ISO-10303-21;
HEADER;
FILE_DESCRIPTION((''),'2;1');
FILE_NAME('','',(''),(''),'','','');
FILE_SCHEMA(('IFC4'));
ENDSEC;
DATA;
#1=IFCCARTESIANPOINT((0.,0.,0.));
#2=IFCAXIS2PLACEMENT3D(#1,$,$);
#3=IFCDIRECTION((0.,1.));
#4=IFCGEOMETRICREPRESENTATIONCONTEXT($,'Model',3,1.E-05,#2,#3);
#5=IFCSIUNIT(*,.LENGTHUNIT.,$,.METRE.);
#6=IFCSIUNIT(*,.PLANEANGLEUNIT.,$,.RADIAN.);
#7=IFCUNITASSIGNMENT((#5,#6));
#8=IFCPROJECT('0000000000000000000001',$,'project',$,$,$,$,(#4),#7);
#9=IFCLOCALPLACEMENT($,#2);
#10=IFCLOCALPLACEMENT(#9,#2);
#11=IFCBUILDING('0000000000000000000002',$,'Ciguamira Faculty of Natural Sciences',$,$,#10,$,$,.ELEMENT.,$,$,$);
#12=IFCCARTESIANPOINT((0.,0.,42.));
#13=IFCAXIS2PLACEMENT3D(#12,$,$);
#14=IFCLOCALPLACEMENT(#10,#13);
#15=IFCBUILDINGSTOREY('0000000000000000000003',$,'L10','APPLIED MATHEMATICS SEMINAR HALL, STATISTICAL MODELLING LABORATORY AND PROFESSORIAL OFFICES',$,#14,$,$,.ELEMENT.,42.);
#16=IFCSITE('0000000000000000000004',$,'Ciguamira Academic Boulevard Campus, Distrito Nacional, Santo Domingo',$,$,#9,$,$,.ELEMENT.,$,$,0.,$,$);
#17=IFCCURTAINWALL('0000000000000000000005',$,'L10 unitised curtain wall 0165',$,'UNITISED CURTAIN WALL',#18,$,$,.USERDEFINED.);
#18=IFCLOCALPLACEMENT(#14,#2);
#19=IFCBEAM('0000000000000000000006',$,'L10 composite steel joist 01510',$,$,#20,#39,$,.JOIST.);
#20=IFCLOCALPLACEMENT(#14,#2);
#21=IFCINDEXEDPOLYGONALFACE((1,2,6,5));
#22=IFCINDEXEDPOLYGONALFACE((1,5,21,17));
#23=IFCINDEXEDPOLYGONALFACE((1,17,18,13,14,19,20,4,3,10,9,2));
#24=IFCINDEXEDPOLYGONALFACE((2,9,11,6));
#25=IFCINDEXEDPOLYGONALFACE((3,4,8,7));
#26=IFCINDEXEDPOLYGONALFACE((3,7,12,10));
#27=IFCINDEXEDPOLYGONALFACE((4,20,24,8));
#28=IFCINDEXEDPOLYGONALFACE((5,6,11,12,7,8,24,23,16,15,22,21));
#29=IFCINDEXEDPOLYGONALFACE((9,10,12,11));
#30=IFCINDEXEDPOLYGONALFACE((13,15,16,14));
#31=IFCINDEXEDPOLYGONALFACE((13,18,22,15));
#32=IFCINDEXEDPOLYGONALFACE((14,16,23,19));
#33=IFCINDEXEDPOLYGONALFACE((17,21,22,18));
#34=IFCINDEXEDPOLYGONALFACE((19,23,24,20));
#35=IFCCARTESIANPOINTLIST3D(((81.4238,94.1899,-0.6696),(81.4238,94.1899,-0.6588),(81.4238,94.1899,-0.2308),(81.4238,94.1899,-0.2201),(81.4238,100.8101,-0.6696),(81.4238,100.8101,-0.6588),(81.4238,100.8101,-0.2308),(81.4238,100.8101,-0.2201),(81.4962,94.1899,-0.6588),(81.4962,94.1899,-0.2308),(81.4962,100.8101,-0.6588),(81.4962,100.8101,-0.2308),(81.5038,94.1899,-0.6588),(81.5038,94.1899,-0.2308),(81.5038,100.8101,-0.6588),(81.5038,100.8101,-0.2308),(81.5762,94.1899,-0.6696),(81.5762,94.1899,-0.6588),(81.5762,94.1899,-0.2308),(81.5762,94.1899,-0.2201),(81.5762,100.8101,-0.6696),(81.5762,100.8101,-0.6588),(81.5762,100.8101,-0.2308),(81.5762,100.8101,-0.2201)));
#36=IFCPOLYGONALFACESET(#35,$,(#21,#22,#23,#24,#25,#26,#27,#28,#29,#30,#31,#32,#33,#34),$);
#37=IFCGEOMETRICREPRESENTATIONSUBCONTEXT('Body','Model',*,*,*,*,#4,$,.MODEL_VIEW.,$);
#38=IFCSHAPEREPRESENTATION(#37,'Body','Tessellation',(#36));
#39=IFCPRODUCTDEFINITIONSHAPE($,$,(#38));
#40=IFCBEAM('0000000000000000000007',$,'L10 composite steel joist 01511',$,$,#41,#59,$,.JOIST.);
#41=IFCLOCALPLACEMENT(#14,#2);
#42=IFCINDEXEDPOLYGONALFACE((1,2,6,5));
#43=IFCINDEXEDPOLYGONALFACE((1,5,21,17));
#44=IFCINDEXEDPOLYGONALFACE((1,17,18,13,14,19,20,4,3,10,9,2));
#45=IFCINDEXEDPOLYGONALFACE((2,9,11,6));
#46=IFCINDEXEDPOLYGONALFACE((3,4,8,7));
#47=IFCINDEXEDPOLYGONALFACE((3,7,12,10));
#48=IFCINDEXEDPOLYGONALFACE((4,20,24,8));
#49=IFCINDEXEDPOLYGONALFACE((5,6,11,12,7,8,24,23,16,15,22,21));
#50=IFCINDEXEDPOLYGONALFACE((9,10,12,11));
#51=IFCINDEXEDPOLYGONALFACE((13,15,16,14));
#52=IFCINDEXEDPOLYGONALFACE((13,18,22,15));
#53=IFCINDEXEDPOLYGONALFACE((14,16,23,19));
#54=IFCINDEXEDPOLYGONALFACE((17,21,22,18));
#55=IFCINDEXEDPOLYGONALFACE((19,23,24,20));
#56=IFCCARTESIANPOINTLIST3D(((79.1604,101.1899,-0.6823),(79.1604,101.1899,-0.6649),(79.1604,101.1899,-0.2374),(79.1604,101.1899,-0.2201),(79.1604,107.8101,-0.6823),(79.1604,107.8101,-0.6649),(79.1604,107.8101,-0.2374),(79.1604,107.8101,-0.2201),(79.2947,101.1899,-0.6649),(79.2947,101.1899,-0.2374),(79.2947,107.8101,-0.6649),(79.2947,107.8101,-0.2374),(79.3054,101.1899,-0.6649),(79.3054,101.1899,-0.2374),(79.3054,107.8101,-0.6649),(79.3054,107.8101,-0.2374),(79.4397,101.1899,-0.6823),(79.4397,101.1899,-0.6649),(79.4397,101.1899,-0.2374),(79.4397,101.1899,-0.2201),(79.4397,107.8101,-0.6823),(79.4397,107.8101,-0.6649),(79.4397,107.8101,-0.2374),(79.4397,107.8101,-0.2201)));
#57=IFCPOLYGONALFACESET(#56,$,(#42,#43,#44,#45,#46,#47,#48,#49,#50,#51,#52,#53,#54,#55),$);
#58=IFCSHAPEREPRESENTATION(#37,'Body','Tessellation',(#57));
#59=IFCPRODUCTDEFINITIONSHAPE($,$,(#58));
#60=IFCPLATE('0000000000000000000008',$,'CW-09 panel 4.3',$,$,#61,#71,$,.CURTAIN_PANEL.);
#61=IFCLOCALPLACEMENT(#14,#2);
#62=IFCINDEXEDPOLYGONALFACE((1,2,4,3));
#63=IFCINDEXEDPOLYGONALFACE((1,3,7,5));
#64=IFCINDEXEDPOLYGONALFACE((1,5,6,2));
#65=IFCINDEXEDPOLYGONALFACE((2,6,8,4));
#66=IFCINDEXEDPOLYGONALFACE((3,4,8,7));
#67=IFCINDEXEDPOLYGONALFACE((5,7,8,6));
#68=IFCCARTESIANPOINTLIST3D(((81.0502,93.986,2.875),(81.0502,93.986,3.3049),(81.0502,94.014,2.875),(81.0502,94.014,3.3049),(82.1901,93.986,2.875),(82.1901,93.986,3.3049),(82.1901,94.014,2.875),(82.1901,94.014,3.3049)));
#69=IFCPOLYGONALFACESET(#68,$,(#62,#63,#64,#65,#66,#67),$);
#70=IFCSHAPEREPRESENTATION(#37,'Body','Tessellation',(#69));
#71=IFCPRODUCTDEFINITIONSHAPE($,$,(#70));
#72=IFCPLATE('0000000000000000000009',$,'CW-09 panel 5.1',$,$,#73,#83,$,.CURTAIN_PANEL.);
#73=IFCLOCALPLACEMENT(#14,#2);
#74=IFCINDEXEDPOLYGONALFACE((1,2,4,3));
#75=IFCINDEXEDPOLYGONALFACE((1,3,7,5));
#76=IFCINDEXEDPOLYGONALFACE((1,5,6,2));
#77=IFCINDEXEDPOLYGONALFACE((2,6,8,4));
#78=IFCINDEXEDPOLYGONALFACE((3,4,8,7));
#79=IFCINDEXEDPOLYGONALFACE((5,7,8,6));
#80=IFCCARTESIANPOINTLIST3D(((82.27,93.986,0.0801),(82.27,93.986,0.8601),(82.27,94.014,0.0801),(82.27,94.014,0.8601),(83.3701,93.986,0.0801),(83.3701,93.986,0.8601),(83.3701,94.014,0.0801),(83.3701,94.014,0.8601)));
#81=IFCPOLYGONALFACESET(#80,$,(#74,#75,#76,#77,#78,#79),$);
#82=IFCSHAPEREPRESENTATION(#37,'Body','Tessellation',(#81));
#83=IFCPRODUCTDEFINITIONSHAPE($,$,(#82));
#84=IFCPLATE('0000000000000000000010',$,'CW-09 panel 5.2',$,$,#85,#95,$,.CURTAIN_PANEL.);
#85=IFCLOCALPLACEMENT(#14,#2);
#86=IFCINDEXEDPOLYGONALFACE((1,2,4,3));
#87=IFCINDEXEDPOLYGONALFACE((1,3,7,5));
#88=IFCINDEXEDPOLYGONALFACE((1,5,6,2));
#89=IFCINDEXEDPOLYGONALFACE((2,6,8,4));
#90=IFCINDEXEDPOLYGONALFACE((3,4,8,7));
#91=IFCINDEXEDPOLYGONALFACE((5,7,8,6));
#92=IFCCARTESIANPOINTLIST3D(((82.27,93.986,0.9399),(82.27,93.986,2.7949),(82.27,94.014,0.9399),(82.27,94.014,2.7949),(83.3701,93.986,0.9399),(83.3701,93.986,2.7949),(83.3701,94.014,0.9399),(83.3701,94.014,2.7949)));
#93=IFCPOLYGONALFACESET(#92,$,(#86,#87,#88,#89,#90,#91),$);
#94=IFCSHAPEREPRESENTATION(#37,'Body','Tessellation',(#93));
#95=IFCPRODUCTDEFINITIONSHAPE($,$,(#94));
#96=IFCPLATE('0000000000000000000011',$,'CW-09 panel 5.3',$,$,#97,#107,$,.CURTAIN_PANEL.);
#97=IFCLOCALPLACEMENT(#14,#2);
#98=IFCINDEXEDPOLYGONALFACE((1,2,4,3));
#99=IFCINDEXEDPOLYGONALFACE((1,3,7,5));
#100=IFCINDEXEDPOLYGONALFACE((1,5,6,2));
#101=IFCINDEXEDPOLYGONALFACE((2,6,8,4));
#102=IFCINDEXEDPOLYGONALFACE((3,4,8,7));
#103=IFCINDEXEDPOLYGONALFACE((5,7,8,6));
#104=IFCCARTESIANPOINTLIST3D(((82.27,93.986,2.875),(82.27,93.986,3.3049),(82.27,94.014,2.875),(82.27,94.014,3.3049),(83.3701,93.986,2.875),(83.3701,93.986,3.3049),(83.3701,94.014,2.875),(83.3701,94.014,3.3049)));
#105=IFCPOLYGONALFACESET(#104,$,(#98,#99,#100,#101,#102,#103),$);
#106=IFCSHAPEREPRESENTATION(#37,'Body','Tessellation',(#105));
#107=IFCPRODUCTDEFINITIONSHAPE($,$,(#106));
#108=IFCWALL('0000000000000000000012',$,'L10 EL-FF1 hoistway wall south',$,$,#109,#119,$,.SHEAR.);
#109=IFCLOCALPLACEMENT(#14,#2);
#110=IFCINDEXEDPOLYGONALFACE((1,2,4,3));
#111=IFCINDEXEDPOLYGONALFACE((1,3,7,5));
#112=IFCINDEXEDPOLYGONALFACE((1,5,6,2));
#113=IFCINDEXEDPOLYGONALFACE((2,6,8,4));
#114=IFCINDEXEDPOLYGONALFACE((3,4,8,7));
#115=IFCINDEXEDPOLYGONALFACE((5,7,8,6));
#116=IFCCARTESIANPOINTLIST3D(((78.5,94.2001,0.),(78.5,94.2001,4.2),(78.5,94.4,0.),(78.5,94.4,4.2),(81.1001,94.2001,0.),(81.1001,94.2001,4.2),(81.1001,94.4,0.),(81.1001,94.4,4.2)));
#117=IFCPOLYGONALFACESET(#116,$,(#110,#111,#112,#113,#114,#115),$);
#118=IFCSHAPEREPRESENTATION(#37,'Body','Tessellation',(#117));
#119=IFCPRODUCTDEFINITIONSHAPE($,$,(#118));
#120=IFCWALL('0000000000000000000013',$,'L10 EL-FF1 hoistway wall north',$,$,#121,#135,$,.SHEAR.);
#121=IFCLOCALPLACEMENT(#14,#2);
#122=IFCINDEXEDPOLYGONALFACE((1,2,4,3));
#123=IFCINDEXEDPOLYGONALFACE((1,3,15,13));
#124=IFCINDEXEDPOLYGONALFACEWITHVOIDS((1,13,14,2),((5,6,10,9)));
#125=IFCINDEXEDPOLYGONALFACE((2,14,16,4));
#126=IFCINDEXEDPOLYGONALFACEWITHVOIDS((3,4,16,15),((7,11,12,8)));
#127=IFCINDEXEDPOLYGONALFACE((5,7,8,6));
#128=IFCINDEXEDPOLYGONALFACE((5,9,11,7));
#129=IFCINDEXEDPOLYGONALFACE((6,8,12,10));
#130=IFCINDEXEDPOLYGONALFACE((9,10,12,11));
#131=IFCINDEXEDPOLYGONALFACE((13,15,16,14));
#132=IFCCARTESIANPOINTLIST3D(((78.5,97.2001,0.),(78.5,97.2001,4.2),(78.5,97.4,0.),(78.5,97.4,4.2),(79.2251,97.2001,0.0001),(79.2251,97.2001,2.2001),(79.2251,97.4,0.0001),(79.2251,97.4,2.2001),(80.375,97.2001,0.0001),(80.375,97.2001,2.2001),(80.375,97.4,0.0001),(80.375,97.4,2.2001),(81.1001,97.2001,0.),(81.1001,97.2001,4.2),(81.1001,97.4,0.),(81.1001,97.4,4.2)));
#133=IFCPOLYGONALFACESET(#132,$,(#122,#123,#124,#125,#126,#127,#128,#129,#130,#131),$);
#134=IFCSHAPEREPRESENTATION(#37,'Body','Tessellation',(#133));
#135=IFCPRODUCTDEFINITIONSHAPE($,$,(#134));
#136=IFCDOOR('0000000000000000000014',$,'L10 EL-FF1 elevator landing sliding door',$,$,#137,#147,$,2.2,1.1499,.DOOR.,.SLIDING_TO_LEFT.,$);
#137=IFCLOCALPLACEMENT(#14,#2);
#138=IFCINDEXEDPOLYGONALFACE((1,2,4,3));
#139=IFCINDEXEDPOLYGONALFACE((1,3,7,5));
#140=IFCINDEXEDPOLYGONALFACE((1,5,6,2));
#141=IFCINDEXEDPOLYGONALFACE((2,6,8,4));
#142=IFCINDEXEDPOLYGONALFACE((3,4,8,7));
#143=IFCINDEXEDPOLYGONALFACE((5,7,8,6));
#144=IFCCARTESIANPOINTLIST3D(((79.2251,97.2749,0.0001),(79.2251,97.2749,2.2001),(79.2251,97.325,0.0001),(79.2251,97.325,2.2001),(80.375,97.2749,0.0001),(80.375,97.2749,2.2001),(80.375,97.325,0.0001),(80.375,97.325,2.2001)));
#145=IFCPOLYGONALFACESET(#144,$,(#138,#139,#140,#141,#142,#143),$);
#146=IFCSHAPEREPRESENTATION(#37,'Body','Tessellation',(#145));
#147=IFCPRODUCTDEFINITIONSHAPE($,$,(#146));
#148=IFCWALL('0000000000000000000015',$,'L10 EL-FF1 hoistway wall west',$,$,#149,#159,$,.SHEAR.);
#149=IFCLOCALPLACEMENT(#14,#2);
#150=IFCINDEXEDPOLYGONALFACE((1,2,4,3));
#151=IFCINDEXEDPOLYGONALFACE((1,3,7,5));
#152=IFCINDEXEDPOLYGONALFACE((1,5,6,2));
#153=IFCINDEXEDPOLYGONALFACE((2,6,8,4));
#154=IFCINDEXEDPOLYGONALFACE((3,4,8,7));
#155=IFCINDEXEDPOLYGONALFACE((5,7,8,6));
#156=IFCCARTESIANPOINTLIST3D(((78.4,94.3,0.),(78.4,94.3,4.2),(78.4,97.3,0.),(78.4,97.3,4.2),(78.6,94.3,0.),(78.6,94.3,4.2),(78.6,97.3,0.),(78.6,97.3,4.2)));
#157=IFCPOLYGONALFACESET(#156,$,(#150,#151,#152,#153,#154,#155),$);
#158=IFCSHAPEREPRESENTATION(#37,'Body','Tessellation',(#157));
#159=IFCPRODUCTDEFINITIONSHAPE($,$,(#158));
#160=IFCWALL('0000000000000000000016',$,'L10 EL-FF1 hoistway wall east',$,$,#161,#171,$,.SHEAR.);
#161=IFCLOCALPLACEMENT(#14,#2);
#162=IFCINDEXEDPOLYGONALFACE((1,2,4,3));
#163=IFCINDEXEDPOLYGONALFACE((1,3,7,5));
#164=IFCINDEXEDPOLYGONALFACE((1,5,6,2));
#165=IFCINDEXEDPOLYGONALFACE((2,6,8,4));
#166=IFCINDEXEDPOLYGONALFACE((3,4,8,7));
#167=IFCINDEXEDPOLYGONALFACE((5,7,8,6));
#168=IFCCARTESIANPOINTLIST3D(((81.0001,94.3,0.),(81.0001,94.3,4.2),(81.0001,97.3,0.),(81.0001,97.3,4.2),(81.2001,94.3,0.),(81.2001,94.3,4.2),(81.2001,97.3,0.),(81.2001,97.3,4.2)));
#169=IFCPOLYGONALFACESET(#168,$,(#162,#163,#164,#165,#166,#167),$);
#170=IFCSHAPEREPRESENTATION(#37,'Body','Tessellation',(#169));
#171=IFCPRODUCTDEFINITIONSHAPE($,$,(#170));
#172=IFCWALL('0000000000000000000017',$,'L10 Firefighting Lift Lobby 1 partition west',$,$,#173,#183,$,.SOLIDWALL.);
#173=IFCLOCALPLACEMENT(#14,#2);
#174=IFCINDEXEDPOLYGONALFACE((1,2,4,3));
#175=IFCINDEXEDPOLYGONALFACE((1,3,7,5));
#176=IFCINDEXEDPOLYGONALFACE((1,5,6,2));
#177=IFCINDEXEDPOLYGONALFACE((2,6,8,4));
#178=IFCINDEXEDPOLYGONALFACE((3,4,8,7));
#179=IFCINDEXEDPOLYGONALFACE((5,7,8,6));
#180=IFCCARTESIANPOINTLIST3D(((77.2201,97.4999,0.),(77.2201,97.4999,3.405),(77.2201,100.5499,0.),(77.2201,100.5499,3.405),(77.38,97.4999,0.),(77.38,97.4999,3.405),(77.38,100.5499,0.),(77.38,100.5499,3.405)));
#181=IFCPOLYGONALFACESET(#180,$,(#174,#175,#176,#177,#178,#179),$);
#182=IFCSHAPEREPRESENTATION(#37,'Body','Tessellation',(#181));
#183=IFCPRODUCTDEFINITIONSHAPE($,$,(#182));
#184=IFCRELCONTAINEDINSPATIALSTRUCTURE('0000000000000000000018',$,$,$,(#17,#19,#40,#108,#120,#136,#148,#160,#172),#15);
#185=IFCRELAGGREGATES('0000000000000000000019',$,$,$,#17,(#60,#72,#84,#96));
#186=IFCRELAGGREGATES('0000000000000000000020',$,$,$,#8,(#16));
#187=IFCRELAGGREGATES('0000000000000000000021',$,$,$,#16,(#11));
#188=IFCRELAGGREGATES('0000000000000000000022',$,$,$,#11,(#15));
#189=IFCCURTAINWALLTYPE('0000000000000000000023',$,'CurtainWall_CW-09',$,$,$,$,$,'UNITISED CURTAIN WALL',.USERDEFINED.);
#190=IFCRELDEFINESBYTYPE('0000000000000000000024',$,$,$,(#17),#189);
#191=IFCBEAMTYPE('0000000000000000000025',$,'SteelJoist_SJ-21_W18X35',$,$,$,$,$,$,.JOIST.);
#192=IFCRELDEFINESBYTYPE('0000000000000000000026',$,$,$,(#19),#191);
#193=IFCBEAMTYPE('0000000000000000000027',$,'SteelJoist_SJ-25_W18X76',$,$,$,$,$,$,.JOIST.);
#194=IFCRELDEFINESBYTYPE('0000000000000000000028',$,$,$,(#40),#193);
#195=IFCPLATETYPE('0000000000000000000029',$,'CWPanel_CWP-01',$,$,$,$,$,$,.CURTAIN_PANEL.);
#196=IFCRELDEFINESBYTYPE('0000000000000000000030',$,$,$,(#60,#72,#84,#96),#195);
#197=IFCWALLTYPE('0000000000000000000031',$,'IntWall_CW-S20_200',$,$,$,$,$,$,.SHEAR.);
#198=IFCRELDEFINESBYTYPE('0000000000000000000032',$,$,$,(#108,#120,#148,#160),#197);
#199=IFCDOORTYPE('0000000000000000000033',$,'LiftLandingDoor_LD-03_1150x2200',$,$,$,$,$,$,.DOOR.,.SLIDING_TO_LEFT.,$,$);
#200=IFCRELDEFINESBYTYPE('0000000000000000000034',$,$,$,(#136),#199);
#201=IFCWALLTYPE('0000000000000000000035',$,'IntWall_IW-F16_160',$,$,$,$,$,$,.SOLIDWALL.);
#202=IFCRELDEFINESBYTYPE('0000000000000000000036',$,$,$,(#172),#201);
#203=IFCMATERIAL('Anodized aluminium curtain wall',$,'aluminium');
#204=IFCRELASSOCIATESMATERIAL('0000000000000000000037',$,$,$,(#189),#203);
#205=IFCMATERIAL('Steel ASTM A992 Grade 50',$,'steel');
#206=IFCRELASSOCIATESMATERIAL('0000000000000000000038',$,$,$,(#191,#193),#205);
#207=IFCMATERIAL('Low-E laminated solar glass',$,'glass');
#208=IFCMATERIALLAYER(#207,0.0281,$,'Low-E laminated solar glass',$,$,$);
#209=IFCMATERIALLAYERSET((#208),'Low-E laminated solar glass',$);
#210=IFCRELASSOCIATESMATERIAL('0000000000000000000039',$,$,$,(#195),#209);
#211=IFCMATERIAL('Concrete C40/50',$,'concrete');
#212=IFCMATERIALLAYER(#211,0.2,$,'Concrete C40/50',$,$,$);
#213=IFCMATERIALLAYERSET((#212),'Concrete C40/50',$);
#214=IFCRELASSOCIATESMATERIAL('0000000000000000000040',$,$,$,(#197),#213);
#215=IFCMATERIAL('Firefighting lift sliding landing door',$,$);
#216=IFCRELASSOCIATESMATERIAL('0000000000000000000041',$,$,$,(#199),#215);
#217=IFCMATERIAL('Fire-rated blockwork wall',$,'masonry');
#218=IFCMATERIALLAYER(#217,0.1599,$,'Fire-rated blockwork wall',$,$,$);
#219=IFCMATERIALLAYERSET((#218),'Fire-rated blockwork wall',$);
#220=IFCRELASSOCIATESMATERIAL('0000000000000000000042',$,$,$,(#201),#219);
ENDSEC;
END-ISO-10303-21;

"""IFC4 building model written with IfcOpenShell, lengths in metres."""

from ifc_helpers import new_model, si_unit, direction, frame, frame_2d, origin, origin_2d, place, context, subcontext, project, spatial, rectangle, i_section, extrude, material, layer, layer_set, material_profile, profile_set, type_object, element, fill, aggregate, save


model = new_model("IFC4")

# Units and contexts
model_context = context("Model", 3, precision=1e-05, world=origin(), true_north=direction((0.0, 1.0)))
body_context = subcontext(model_context, "Body", "Model", "MODEL_VIEW")
ifc_project = project(units=[si_unit("LENGTHUNIT", "METRE"), si_unit("PLANEANGLEUNIT", "RADIAN")], contexts=[model_context])

# Site, building, storey
site_placement = place(None, origin())
site = spatial("IfcSite", under=ifc_project, at=site_placement, Name="Ciguamira Academic Boulevard Campus, Distrito Nacional, Santo Domingo", CompositionType="ELEMENT", RefElevation=0.0)
building_placement = place(site_placement, origin())
building = spatial("IfcBuilding", under=site, at=building_placement, Name="Ciguamira Faculty of Natural Sciences", CompositionType="ELEMENT")
storey_placement = place(building_placement, frame((0.0, 0.0, 42.0)))
storey = spatial("IfcBuildingStorey", under=building, at=storey_placement, Name="L10", Description="APPLIED MATHEMATICS SEMINAR HALL, STATISTICAL MODELLING LABORATORY AND PROFESSORIAL OFFICES", CompositionType="ELEMENT", Elevation=42.0)

# Shared definitions
ifc_material_1 = material(Name="Concrete C40/50", Category="concrete")

# Curtain wall
ifc_material_2 = material(Name="Anodized aluminium curtain wall", Category="aluminium")
curtain_wall_type = type_object("IfcCurtainWallType", Name="CurtainWall_CW-09", ElementType="UNITISED CURTAIN WALL", PredefinedType="USERDEFINED", material=ifc_material_2)
curtain_wall_placement = place(storey_placement, origin())
curtain_wall = element("IfcCurtainWall", 1, at=curtain_wall_placement, inside=storey, type_object=curtain_wall_type, Name="L10 unitised curtain wall 0165", ObjectType="UNITISED CURTAIN WALL", PredefinedType="USERDEFINED")

# Beams
ifc_material_3 = material(Name="Steel ASTM A992 Grade 50", Category="steel")
ifc_material_profile_1 = material_profile(ifc_material_3, i_section(OverallWidth=0.1523, OverallDepth=0.4495, WebThickness=0.0076, FlangeThickness=0.0107, at=origin_2d()), Name="W18X35")
ifc_profile_set_1 = profile_set([ifc_material_profile_1], Name="Steel ASTM A992 Grade 50")
beam_type_1 = type_object("IfcBeamType", Name="SteelJoist_SJ-21_W18X35", PredefinedType="JOIST", material=ifc_profile_set_1)
beam_1_placement = place(storey_placement, frame((81.5, 94.1899, -0.4448), z_axis=(0.0, 1.0, 0.0), x_axis=(-1.0, 0.0, 0.0)))
element("IfcBeam", 2, at=beam_1_placement, inside=storey, type_object=beam_type_1, Name="L10 composite steel joist 01510", PredefinedType="JOIST", context=body_context, shape_type="SweptSolid", body=[
    extrude(i_section(OverallWidth=0.1523, OverallDepth=0.4495, WebThickness=0.0076, FlangeThickness=0.0107, at=origin_2d()), origin(), (0.0, 0.0, 1.0), 6.6201),
])
ifc_material_profile_2 = material_profile(ifc_material_3, i_section(OverallWidth=0.2793, OverallDepth=0.4622, WebThickness=0.0107, FlangeThickness=0.0173, at=origin_2d()), Name="W18X76")
ifc_profile_set_2 = profile_set([ifc_material_profile_2], Name="Steel ASTM A992 Grade 50")
beam_type_2 = type_object("IfcBeamType", Name="SteelJoist_SJ-25_W18X76", PredefinedType="JOIST", material=ifc_profile_set_2)
beam_2_placement = place(storey_placement, frame((79.3, 101.1899, -0.4512), z_axis=(0.0, 1.0, 0.0), x_axis=(-1.0, 0.0, 0.0)))
element("IfcBeam", 3, at=beam_2_placement, inside=storey, type_object=beam_type_2, Name="L10 composite steel joist 01511", PredefinedType="JOIST", context=body_context, shape_type="SweptSolid", body=[
    extrude(i_section(OverallWidth=0.2793, OverallDepth=0.4622, WebThickness=0.0107, FlangeThickness=0.0173, at=origin_2d()), origin(), (0.0, 0.0, 1.0), 6.6201),
])

# Plates
ifc_material_4 = material(Name="Low-E laminated solar glass", Category="glass")
ifc_layer_1 = layer(ifc_material_4, 0.0281, Name="Low-E laminated solar glass")
ifc_layer_set_1 = layer_set([ifc_layer_1], Name="Low-E laminated solar glass")
plate_type = type_object("IfcPlateType", Name="CWPanel_CWP-01", PredefinedType="CURTAIN_PANEL", material=ifc_layer_set_1)
plate_1_placement = place(storey_placement, frame((81.6201, 94.0, 2.875), z_axis=(0.0, 0.0, 1.0), x_axis=(1.0, 0.0, 0.0)))
plate_1 = element("IfcPlate", 4, at=plate_1_placement, type_object=plate_type, Name="CW-09 panel 4.3", PredefinedType="CURTAIN_PANEL", context=body_context, shape_type="SweptSolid", body=[
    extrude(rectangle(XDim=1.1399, YDim=0.0281, at=origin_2d()), origin(), (0.0, 0.0, 1.0), 0.4299),
])
plate_2_placement = place(storey_placement, frame((82.8201, 94.0, 0.0801), z_axis=(0.0, 0.0, 1.0), x_axis=(1.0, 0.0, 0.0)))
plate_2 = element("IfcPlate", 5, at=plate_2_placement, type_object=plate_type, Name="CW-09 panel 5.1", PredefinedType="CURTAIN_PANEL", context=body_context, shape_type="SweptSolid", body=[
    extrude(rectangle(XDim=1.1001, YDim=0.0281, at=origin_2d()), origin(), (0.0, 0.0, 1.0), 0.78),
])
plate_3_placement = place(storey_placement, frame((82.8201, 94.0, 0.9399), z_axis=(0.0, 0.0, 1.0), x_axis=(1.0, 0.0, 0.0)))
plate_3 = element("IfcPlate", 6, at=plate_3_placement, type_object=plate_type, Name="CW-09 panel 5.2", PredefinedType="CURTAIN_PANEL", context=body_context, shape_type="SweptSolid", body=[
    extrude(rectangle(XDim=1.1001, YDim=0.0281, at=origin_2d()), origin(), (0.0, 0.0, 1.0), 1.855),
])
plate_4_placement = place(storey_placement, frame((82.8201, 94.0, 2.875), z_axis=(0.0, 0.0, 1.0), x_axis=(1.0, 0.0, 0.0)))
plate_4 = element("IfcPlate", 7, at=plate_4_placement, type_object=plate_type, Name="CW-09 panel 5.3", PredefinedType="CURTAIN_PANEL", context=body_context, shape_type="SweptSolid", body=[
    extrude(rectangle(XDim=1.1001, YDim=0.0281, at=origin_2d()), origin(), (0.0, 0.0, 1.0), 0.4299),
])
aggregate(curtain_wall, [plate_1, plate_2, plate_3, plate_4])

# Wall
ifc_layer_2 = layer(ifc_material_1, 0.2, Name="Concrete C40/50")
ifc_layer_set_2 = layer_set([ifc_layer_2], Name="Concrete C40/50")
wall_type_1 = type_object("IfcWallType", Name="IntWall_CW-S20_200", PredefinedType="SHEAR", material=ifc_layer_set_2)
wall_1_placement = place(storey_placement, frame((78.5, 94.3, 0.0), z_axis=(0.0, 0.0, 1.0), x_axis=(1.0, 0.0, 0.0)))
element("IfcWall", 8, at=wall_1_placement, inside=storey, type_object=wall_type_1, Name="L10 EL-FF1 hoistway wall south", PredefinedType="SHEAR", context=body_context, shape_type="SweptSolid", body=[
    extrude(rectangle(XDim=2.6001, YDim=0.2, at=frame_2d((1.3, 0.0))), origin(), (0.0, 0.0, 1.0), 4.2),
])

# Wall, opening, door
wall_2_placement = place(storey_placement, frame((78.5, 97.3, 0.0), z_axis=(0.0, 0.0, 1.0), x_axis=(1.0, 0.0, 0.0)))
wall_2 = element("IfcWall", 9, at=wall_2_placement, inside=storey, type_object=wall_type_1, Name="L10 EL-FF1 hoistway wall north", PredefinedType="SHEAR", context=body_context, shape_type="SweptSolid", body=[
    extrude(rectangle(XDim=2.6001, YDim=0.2, at=frame_2d((1.3, 0.0))), origin(), (0.0, 0.0, 1.0), 4.2),
])
opening_1_placement = place(wall_2_placement, frame((0.7251, 0.0, 0.0)))
opening_1 = element("IfcOpeningElement", 10, at=opening_1_placement, cuts=wall_2, PredefinedType="OPENING", context=body_context, shape_type="SweptSolid", body=[
    extrude(rectangle(XDim=1.1499, YDim=2.2, at=frame_2d((0.575, 1.1001))), frame((0.0, 0.1099, 0.0), z_axis=(0.0, -1.0, 0.0), x_axis=(1.0, 0.0, 0.0)), (0.0, 0.0, 1.0), 0.22),
])
ifc_material_5 = material(Name="Firefighting lift sliding landing door")
door_type_1 = type_object("IfcDoorType", Name="LiftLandingDoor_LD-03_1150x2200", OperationType="SLIDING_TO_LEFT", PredefinedType="DOOR", material=ifc_material_5)
door_1_placement = place(opening_1_placement, origin())
door_1 = element("IfcDoor", 11, at=door_1_placement, inside=storey, type_object=door_type_1, Name="L10 EL-FF1 elevator landing sliding door", OperationType="SLIDING_TO_LEFT", OverallHeight=2.2, OverallWidth=1.1499, PredefinedType="DOOR", context=body_context, shape_type="SweptSolid", body=[
    extrude(rectangle(XDim=1.1499, YDim=2.2, at=frame_2d((0.575, 1.1001))), frame((0.0, 0.0249, 0.0), z_axis=(0.0, -1.0, 0.0), x_axis=(1.0, 0.0, 0.0)), (0.0, 0.0, 1.0), 0.05),
])
fill(opening_1, door_1)

# Walls
for number, where, z_axis, x_axis, name in (
    (12, (78.5, 94.3, 0.0), (0.0, 0.0, 1.0), (0.0, 1.0, 0.0), "L10 EL-FF1 hoistway wall west"),
    (13, (81.1001, 94.3, 0.0), (0.0, 0.0, 1.0), (0.0, 1.0, 0.0), "L10 EL-FF1 hoistway wall east"),
):
    element("IfcWall", number, at=place(storey_placement, frame(where, z_axis=z_axis, x_axis=x_axis)), inside=storey, type_object=wall_type_1, Name=name, PredefinedType="SHEAR", context=body_context, shape_type="SweptSolid", body=[
        extrude(rectangle(XDim=3.0, YDim=0.2, at=frame_2d((1.5, 0.0))), origin(), (0.0, 0.0, 1.0), 4.2),
    ])

# Shared definitions
ifc_material_6 = material(Name="Fire-rated blockwork wall", Category="masonry")
ifc_layer_3 = layer(ifc_material_6, 0.1599, Name="Fire-rated blockwork wall")
ifc_layer_set_3 = layer_set([ifc_layer_3], Name="Fire-rated blockwork wall")
wall_type_2 = type_object("IfcWallType", Name="IntWall_IW-F16_160", PredefinedType="SOLIDWALL", material=ifc_layer_set_3)

# Wall
wall_3_placement = place(storey_placement, frame((77.3, 97.5, 0.0), z_axis=(0.0, 0.0, 1.0), x_axis=(0.0, 1.0, 0.0)))
element("IfcWall", 14, at=wall_3_placement, inside=storey, type_object=wall_type_2, Name="L10 Firefighting Lift Lobby 1 partition west", PredefinedType="SOLIDWALL", context=body_context, shape_type="SweptSolid", body=[
    extrude(rectangle(XDim=3.05, YDim=0.1599, at=frame_2d((1.5249, 0.0))), origin(), (0.0, 0.0, 1.0), 3.405),
])

save(model, "model.ifc")
